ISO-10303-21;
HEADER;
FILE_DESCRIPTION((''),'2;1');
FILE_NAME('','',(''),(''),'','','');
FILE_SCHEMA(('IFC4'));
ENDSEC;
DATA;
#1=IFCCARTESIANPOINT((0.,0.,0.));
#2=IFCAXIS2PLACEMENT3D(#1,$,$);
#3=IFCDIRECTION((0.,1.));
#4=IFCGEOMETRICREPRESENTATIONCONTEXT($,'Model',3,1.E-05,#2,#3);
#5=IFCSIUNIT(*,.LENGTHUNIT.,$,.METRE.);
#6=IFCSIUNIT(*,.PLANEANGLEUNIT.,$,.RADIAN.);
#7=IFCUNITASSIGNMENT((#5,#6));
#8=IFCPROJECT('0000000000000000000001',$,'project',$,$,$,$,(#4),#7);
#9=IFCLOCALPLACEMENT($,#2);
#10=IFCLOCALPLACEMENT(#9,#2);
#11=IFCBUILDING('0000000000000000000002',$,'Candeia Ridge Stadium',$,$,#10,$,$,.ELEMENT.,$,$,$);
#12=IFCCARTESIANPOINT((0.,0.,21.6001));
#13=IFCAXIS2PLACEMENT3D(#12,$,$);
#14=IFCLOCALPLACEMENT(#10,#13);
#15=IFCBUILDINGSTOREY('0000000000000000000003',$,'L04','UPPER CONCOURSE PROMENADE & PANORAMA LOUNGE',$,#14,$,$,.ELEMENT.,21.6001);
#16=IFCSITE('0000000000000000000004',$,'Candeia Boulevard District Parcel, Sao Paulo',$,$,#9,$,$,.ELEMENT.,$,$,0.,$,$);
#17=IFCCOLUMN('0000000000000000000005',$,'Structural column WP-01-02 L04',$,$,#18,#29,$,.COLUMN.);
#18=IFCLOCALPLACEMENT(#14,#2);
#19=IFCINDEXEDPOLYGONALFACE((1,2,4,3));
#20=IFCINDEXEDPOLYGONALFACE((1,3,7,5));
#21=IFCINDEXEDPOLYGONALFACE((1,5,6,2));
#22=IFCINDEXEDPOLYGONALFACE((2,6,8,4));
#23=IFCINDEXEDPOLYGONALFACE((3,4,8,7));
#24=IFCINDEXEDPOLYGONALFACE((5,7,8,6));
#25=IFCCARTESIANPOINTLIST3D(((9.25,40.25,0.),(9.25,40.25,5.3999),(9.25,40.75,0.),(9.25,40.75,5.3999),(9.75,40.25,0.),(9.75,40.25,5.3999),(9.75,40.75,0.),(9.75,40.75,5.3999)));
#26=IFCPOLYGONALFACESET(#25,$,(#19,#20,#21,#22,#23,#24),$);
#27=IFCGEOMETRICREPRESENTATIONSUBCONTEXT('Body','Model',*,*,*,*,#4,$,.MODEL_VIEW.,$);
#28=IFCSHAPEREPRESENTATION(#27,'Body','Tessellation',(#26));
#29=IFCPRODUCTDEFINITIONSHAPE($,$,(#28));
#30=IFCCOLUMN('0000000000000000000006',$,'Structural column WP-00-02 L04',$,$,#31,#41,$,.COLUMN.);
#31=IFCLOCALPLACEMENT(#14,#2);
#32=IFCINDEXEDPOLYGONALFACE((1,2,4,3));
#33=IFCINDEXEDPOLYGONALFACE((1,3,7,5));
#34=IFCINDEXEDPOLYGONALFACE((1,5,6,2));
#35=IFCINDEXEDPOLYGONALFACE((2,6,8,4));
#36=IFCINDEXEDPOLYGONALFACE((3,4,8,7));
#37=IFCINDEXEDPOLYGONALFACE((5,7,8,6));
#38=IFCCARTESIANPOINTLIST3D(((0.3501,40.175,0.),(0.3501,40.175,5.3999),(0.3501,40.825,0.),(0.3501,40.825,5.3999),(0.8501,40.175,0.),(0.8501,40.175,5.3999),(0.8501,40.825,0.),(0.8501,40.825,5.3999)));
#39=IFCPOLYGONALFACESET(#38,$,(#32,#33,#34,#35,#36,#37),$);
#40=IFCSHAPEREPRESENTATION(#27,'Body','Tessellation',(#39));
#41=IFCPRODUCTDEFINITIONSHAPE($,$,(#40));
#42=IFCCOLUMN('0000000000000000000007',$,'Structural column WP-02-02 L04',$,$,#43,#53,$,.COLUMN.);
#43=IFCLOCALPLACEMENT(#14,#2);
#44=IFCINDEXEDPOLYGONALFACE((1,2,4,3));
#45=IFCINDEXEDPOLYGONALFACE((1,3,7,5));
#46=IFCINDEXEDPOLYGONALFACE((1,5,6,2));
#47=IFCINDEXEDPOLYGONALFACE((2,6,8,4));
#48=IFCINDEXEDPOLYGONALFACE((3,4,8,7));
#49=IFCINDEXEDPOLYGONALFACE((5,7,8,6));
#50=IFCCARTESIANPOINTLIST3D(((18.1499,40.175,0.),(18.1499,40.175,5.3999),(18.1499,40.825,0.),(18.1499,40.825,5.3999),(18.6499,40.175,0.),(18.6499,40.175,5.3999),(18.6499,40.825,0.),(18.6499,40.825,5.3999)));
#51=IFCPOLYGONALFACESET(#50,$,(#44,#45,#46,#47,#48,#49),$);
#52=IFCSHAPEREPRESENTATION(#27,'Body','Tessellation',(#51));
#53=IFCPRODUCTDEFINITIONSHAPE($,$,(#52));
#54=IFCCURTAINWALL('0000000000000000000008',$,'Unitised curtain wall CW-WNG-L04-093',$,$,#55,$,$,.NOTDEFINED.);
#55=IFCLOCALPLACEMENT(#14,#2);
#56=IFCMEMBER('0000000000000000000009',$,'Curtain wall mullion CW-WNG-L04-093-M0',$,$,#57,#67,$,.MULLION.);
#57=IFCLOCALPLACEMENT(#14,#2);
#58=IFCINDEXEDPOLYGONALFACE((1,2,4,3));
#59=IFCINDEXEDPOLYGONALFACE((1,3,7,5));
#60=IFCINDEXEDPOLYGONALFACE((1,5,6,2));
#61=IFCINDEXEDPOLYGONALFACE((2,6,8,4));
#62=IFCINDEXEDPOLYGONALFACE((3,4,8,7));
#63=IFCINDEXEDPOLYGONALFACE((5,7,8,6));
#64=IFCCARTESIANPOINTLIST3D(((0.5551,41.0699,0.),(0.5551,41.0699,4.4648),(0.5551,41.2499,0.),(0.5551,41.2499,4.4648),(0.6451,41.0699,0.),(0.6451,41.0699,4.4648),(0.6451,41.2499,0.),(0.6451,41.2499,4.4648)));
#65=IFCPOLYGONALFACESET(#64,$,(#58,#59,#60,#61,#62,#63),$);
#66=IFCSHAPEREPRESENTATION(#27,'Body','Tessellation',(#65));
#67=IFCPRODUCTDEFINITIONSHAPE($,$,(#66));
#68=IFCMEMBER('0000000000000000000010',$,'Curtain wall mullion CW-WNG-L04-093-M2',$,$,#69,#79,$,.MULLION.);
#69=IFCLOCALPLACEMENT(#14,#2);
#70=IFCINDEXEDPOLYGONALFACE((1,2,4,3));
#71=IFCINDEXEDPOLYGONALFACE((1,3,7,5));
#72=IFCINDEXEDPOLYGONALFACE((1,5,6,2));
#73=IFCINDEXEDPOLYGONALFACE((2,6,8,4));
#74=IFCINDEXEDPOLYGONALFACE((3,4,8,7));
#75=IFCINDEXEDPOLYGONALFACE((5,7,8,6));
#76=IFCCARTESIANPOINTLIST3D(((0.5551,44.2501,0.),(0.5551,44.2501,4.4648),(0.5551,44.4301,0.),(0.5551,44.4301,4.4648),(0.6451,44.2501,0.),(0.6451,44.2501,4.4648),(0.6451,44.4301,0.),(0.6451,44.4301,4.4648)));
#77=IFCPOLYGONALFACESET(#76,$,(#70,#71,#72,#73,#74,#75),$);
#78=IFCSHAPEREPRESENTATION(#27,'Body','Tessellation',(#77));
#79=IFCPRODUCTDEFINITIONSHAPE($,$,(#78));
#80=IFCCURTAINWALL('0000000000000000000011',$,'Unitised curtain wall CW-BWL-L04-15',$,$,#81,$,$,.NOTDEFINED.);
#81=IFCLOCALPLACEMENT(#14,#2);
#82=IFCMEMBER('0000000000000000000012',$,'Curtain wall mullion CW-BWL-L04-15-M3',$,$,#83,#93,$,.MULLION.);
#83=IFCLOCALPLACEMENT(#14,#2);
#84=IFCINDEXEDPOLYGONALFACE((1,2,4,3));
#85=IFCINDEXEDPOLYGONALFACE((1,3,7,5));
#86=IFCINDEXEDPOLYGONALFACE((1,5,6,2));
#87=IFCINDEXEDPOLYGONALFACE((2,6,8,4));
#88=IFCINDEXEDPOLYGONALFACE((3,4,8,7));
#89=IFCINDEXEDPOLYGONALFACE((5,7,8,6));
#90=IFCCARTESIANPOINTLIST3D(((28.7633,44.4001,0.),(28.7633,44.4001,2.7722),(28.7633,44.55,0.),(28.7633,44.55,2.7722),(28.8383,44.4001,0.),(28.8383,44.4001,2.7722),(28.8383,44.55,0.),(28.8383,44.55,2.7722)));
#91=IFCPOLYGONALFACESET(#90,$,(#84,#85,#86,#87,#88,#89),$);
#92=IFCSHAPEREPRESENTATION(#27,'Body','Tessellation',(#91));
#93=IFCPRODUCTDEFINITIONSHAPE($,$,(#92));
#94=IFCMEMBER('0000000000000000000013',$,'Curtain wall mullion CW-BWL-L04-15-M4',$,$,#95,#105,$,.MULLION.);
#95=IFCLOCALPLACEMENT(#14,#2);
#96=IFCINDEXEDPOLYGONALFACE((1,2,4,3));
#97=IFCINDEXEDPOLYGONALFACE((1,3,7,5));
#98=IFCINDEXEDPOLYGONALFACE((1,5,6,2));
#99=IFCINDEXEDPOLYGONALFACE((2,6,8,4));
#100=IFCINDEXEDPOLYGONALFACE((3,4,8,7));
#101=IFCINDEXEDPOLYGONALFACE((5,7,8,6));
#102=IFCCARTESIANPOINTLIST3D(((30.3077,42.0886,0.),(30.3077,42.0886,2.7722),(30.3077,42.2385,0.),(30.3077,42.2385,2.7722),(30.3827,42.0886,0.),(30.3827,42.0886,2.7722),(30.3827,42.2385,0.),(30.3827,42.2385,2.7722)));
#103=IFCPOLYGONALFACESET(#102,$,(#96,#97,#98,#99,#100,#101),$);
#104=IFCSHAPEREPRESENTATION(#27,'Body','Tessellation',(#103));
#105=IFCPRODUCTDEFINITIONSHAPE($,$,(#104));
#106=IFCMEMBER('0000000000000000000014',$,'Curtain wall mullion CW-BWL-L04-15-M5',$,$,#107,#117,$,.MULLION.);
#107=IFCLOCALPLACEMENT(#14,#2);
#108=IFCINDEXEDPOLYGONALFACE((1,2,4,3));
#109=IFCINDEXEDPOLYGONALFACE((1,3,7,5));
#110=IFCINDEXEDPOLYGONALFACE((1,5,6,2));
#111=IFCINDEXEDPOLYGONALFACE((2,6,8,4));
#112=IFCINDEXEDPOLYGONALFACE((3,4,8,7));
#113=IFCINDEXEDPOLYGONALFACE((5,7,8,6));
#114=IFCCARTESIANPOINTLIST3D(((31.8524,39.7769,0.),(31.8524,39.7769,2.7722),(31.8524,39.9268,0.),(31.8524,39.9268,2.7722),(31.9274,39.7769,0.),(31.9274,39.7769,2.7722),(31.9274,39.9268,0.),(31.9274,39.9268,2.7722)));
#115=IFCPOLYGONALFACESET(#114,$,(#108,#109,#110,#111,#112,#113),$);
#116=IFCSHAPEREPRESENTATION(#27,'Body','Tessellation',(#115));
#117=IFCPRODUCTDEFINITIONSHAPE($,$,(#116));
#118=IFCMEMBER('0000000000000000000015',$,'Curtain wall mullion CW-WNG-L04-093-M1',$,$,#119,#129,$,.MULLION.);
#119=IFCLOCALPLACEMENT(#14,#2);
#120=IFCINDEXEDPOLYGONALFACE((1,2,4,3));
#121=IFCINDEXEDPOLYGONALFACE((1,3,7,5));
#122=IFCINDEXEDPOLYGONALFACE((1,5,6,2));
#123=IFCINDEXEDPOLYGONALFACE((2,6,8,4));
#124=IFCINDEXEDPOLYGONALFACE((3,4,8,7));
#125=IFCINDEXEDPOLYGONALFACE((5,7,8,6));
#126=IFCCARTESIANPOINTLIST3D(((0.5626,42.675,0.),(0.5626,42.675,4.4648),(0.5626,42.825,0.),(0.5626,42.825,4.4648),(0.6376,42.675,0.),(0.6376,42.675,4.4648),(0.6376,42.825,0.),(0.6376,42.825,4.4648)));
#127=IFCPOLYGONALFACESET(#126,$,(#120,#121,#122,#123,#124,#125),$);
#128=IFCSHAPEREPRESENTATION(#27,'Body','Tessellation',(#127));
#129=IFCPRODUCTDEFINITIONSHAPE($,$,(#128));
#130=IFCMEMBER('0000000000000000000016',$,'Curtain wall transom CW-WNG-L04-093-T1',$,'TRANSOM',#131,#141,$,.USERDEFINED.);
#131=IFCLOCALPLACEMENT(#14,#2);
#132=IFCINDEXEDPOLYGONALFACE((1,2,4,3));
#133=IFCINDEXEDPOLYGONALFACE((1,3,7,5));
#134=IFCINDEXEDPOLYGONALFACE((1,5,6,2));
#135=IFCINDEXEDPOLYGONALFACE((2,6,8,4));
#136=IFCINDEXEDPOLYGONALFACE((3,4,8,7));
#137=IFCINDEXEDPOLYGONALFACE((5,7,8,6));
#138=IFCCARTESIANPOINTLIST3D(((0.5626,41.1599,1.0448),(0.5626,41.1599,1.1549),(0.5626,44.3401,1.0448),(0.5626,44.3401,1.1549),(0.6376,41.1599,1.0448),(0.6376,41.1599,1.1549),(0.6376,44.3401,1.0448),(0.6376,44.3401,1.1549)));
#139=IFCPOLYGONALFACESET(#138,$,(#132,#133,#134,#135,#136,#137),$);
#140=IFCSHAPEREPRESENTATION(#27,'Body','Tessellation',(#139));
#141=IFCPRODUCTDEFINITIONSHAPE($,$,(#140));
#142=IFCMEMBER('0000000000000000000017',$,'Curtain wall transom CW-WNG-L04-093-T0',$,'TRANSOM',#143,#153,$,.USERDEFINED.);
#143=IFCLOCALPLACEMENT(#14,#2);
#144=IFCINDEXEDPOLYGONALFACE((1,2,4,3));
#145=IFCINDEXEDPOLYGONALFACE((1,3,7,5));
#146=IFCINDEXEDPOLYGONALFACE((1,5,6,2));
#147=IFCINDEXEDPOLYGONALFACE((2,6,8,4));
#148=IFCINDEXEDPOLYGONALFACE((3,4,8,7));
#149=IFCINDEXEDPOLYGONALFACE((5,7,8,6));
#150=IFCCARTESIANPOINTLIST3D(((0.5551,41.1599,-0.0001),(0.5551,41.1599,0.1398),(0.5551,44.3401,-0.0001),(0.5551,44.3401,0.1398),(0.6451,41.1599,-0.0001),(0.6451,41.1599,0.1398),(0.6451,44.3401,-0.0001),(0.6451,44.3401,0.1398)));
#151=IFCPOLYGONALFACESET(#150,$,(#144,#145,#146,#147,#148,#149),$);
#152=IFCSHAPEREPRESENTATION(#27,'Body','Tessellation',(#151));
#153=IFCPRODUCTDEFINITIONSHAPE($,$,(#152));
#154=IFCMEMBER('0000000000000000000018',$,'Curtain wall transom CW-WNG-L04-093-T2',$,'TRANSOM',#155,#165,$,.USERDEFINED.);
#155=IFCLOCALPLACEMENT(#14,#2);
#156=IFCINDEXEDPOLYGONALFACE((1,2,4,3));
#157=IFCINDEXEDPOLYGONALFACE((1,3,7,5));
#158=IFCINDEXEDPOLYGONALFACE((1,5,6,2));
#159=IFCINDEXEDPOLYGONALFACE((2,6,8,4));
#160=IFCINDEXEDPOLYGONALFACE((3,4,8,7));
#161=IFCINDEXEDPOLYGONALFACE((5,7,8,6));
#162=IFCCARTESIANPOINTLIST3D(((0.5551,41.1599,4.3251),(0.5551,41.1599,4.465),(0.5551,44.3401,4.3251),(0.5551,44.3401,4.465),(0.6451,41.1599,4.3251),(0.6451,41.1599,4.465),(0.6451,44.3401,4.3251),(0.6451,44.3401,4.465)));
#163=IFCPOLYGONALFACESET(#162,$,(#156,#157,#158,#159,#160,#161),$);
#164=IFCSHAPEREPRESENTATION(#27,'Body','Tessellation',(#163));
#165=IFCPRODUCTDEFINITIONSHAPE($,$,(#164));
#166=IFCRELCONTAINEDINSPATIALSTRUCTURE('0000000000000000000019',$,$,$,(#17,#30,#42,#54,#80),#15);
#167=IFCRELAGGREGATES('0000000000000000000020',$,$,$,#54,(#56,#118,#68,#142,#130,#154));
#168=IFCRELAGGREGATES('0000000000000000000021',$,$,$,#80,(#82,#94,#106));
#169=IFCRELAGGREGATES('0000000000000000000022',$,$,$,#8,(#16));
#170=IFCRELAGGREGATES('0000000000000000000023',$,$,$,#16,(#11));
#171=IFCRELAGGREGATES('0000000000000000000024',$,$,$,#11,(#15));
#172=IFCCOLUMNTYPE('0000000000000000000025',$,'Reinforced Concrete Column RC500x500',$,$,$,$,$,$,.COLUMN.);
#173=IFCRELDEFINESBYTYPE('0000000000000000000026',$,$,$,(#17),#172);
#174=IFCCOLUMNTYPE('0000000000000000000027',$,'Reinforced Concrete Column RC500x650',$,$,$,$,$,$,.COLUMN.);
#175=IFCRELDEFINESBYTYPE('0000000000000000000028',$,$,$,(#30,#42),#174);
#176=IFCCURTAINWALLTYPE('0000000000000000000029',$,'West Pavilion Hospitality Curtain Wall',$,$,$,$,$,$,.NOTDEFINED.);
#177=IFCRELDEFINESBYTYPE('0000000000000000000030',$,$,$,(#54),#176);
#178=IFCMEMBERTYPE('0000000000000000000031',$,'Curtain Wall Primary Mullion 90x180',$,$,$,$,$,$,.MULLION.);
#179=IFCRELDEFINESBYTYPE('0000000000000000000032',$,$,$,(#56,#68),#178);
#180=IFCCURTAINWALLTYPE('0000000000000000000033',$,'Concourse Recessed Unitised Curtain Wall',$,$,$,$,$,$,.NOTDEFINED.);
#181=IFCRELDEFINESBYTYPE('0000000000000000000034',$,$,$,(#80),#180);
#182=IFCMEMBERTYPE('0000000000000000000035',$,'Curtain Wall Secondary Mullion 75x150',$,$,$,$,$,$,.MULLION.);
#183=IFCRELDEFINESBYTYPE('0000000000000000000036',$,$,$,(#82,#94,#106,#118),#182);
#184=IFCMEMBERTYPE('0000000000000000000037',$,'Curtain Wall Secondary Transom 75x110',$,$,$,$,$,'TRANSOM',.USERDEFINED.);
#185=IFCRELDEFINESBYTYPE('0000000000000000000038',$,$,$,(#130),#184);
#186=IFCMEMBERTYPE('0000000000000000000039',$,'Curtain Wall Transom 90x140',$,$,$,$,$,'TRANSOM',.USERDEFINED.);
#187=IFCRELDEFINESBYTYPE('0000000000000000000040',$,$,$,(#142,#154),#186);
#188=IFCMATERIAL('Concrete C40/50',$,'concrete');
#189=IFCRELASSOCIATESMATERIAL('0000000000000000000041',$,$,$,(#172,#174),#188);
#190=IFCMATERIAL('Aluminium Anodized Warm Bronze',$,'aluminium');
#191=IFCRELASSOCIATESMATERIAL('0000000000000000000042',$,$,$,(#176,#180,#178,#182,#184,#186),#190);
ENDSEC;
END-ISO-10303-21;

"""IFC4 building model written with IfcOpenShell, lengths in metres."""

from ifc_helpers import new_model, si_unit, direction, frame, origin, origin_2d, place, context, subcontext, project, spatial, rectangle, extrude, material, material_profile, profile_set, type_object, element, aggregate, save


model = new_model("IFC4")

# Units and contexts
model_context = context("Model", 3, precision=1e-05, world=origin(), true_north=direction((0.0, 1.0)))
body_context = subcontext(model_context, "Body", "Model", "MODEL_VIEW")
ifc_project = project(units=[si_unit("LENGTHUNIT", "METRE"), si_unit("PLANEANGLEUNIT", "RADIAN")], contexts=[model_context])

# Site, building, storey
site_placement = place(None, origin())
site = spatial("IfcSite", under=ifc_project, at=site_placement, Name="Candeia Boulevard District Parcel, Sao Paulo", CompositionType="ELEMENT", RefElevation=0.0)
building_placement = place(site_placement, origin())
building = spatial("IfcBuilding", under=site, at=building_placement, Name="Candeia Ridge Stadium", CompositionType="ELEMENT")
storey_placement = place(building_placement, frame((0.0, 0.0, 21.6001)))
storey = spatial("IfcBuildingStorey", under=building, at=storey_placement, Name="L04", Description="UPPER CONCOURSE PROMENADE & PANORAMA LOUNGE", CompositionType="ELEMENT", Elevation=21.6001)

# Columns
ifc_material_1 = material(Name="Concrete C40/50", Category="concrete")
ifc_material_profile_1 = material_profile(ifc_material_1, rectangle(XDim=0.5, YDim=0.5, at=origin_2d()), Name="RC500x500", Category="concrete")
ifc_profile_set_1 = profile_set([ifc_material_profile_1], Name="Concrete C40/50")
column_type_1 = type_object("IfcColumnType", Name="Reinforced Concrete Column RC500x500", PredefinedType="COLUMN", material=ifc_profile_set_1)
column_placement = place(storey_placement, frame((9.5, 40.5, 0.0), z_axis=(0.0, 0.0, 1.0), x_axis=(1.0, 0.0, 0.0)))
element("IfcColumn", 1, at=column_placement, inside=storey, type_object=column_type_1, Name="Structural column WP-01-02 L04", PredefinedType="COLUMN", context=body_context, shape_type="SweptSolid", body=[
    extrude(rectangle(XDim=0.5, YDim=0.5, at=origin_2d()), origin(), (0.0, 0.0, 1.0), 5.3999),
])
ifc_material_profile_2 = material_profile(ifc_material_1, rectangle(XDim=0.5, YDim=0.6499, at=origin_2d()), Name="RC500x650", Category="concrete")
ifc_profile_set_2 = profile_set([ifc_material_profile_2], Name="Concrete C40/50")
column_type_2 = type_object("IfcColumnType", Name="Reinforced Concrete Column RC500x650", PredefinedType="COLUMN", material=ifc_profile_set_2)
for number, where, z_axis, x_axis, name in (
    (2, (0.6001, 40.5, 0.0), (0.0, 0.0, 1.0), (1.0, 0.0, 0.0), "Structural column WP-00-02 L04"),
    (3, (18.3999, 40.5, 0.0), (0.0, 0.0, 1.0), (1.0, 0.0, 0.0), "Structural column WP-02-02 L04"),
):
    element("IfcColumn", number, at=place(storey_placement, frame(where, z_axis=z_axis, x_axis=x_axis)), inside=storey, type_object=column_type_2, Name=name, PredefinedType="COLUMN", context=body_context, shape_type="SweptSolid", body=[
        extrude(rectangle(XDim=0.5, YDim=0.6499, at=origin_2d()), origin(), (0.0, 0.0, 1.0), 5.3999),
    ])

# Curtain walls, members
ifc_material_2 = material(Name="Aluminium Anodized Warm Bronze", Category="aluminium")
curtain_wall_type_1 = type_object("IfcCurtainWallType", Name="West Pavilion Hospitality Curtain Wall", PredefinedType="NOTDEFINED", material=ifc_material_2)
curtain_wall_1_placement = place(storey_placement, origin())
curtain_wall_1 = element("IfcCurtainWall", 4, at=curtain_wall_1_placement, inside=storey, type_object=curtain_wall_type_1, Name="Unitised curtain wall CW-WNG-L04-093", PredefinedType="NOTDEFINED")
ifc_material_profile_3 = material_profile(ifc_material_2, rectangle(XDim=0.0901, YDim=0.1799, at=origin_2d()), Name="CWM-90x180", Category="aluminium")
ifc_profile_set_3 = profile_set([ifc_material_profile_3], Name="Aluminium Anodized Warm Bronze")
member_type_1 = type_object("IfcMemberType", Name="Curtain Wall Primary Mullion 90x180", PredefinedType="MULLION", material=ifc_profile_set_3)
member_1_placement = place(storey_placement, frame((0.6001, 41.1599, 0.0), z_axis=(0.0, 0.0, 1.0), x_axis=(1.0, 0.0, 0.0)))
member_1 = element("IfcMember", 5, at=member_1_placement, type_object=member_type_1, Name="Curtain wall mullion CW-WNG-L04-093-M0", PredefinedType="MULLION", context=body_context, shape_type="SweptSolid", body=[
    extrude(rectangle(XDim=0.0901, YDim=0.1799, at=origin_2d()), origin(), (0.0, 0.0, 1.0), 4.4648),
])
member_2_placement = place(storey_placement, frame((0.6001, 44.3401, 0.0), z_axis=(0.0, 0.0, 1.0), x_axis=(1.0, 0.0, 0.0)))
member_2 = element("IfcMember", 6, at=member_2_placement, type_object=member_type_1, Name="Curtain wall mullion CW-WNG-L04-093-M2", PredefinedType="MULLION", context=body_context, shape_type="SweptSolid", body=[
    extrude(rectangle(XDim=0.0901, YDim=0.1799, at=origin_2d()), origin(), (0.0, 0.0, 1.0), 4.4648),
])
curtain_wall_type_2 = type_object("IfcCurtainWallType", Name="Concourse Recessed Unitised Curtain Wall", PredefinedType="NOTDEFINED", material=ifc_material_2)
curtain_wall_2_placement = place(storey_placement, origin())
curtain_wall_2 = element("IfcCurtainWall", 7, at=curtain_wall_2_placement, inside=storey, type_object=curtain_wall_type_2, Name="Unitised curtain wall CW-BWL-L04-15", PredefinedType="NOTDEFINED")
ifc_material_profile_4 = material_profile(ifc_material_2, rectangle(XDim=0.075, YDim=0.1499, at=origin_2d()), Name="CWM-75x150", Category="aluminium")
ifc_profile_set_4 = profile_set([ifc_material_profile_4], Name="Aluminium Anodized Warm Bronze")
member_type_2 = type_object("IfcMemberType", Name="Curtain Wall Secondary Mullion 75x150", PredefinedType="MULLION", material=ifc_profile_set_4)
member_3_placement = place(storey_placement, frame((28.8008, 44.4751, 0.0), z_axis=(0.0, 0.0, 1.0), x_axis=(1.0, 0.0, 0.0)))
member_3 = element("IfcMember", 8, at=member_3_placement, type_object=member_type_2, Name="Curtain wall mullion CW-BWL-L04-15-M3", PredefinedType="MULLION", context=body_context, shape_type="SweptSolid", body=[
    extrude(rectangle(XDim=0.075, YDim=0.1499, at=origin_2d()), origin(), (0.0, 0.0, 1.0), 2.7722),
])
member_4_placement = place(storey_placement, frame((30.3452, 42.1636, 0.0), z_axis=(0.0, 0.0, 1.0), x_axis=(1.0, 0.0, 0.0)))
member_4 = element("IfcMember", 9, at=member_4_placement, type_object=member_type_2, Name="Curtain wall mullion CW-BWL-L04-15-M4", PredefinedType="MULLION", context=body_context, shape_type="SweptSolid", body=[
    extrude(rectangle(XDim=0.075, YDim=0.1499, at=origin_2d()), origin(), (0.0, 0.0, 1.0), 2.7722),
])
member_5_placement = place(storey_placement, frame((31.8899, 39.8518, 0.0), z_axis=(0.0, 0.0, 1.0), x_axis=(1.0, 0.0, 0.0)))
member_5 = element("IfcMember", 10, at=member_5_placement, type_object=member_type_2, Name="Curtain wall mullion CW-BWL-L04-15-M5", PredefinedType="MULLION", context=body_context, shape_type="SweptSolid", body=[
    extrude(rectangle(XDim=0.075, YDim=0.1499, at=origin_2d()), origin(), (0.0, 0.0, 1.0), 2.7722),
])

# Members
member_6_placement = place(storey_placement, frame((0.6001, 42.75, 0.0), z_axis=(0.0, 0.0, 1.0), x_axis=(1.0, 0.0, 0.0)))
member_6 = element("IfcMember", 11, at=member_6_placement, type_object=member_type_2, Name="Curtain wall mullion CW-WNG-L04-093-M1", PredefinedType="MULLION", context=body_context, shape_type="SweptSolid", body=[
    extrude(rectangle(XDim=0.075, YDim=0.1499, at=origin_2d()), origin(), (0.0, 0.0, 1.0), 4.4648),
])
ifc_material_profile_5 = material_profile(ifc_material_2, rectangle(XDim=0.075, YDim=0.1101, at=origin_2d()), Name="CWT-75x110", Category="aluminium")
ifc_profile_set_5 = profile_set([ifc_material_profile_5], Name="Aluminium Anodized Warm Bronze")
member_type_3 = type_object("IfcMemberType", Name="Curtain Wall Secondary Transom 75x110", ElementType="TRANSOM", PredefinedType="USERDEFINED", material=ifc_profile_set_5)
member_7_placement = place(storey_placement, frame((0.6001, 41.1599, 1.0999), z_axis=(0.0, 1.0, 0.0), x_axis=(-1.0, 0.0, 0.0)))
member_7 = element("IfcMember", 12, at=member_7_placement, type_object=member_type_3, Name="Curtain wall transom CW-WNG-L04-093-T1", ObjectType="TRANSOM", PredefinedType="USERDEFINED", context=body_context, shape_type="SweptSolid", body=[
    extrude(rectangle(XDim=0.075, YDim=0.1101, at=origin_2d()), origin(), (0.0, 0.0, 1.0), 3.1802),
])
ifc_material_profile_6 = material_profile(ifc_material_2, rectangle(XDim=0.0901, YDim=0.1399, at=origin_2d()), Name="CWT-90x140", Category="aluminium")
ifc_profile_set_6 = profile_set([ifc_material_profile_6], Name="Aluminium Anodized Warm Bronze")
member_type_4 = type_object("IfcMemberType", Name="Curtain Wall Transom 90x140", ElementType="TRANSOM", PredefinedType="USERDEFINED", material=ifc_profile_set_6)
member_8_placement = place(storey_placement, frame((0.6001, 41.1599, 0.0698), z_axis=(0.0, 1.0, 0.0), x_axis=(-1.0, 0.0, 0.0)))
member_8 = element("IfcMember", 13, at=member_8_placement, type_object=member_type_4, Name="Curtain wall transom CW-WNG-L04-093-T0", ObjectType="TRANSOM", PredefinedType="USERDEFINED", context=body_context, shape_type="SweptSolid", body=[
    extrude(rectangle(XDim=0.0901, YDim=0.1399, at=origin_2d()), origin(), (0.0, 0.0, 1.0), 3.1802),
])
member_9_placement = place(storey_placement, frame((0.6001, 41.1599, 4.395), z_axis=(0.0, 1.0, 0.0), x_axis=(-1.0, 0.0, 0.0)))
member_9 = element("IfcMember", 14, at=member_9_placement, type_object=member_type_4, Name="Curtain wall transom CW-WNG-L04-093-T2", ObjectType="TRANSOM", PredefinedType="USERDEFINED", context=body_context, shape_type="SweptSolid", body=[
    extrude(rectangle(XDim=0.0901, YDim=0.1399, at=origin_2d()), origin(), (0.0, 0.0, 1.0), 3.1802),
])

aggregate(curtain_wall_1, [member_1, member_6, member_2, member_8, member_7, member_9])
aggregate(curtain_wall_2, [member_3, member_4, member_5])

save(model, "model.ifc")
